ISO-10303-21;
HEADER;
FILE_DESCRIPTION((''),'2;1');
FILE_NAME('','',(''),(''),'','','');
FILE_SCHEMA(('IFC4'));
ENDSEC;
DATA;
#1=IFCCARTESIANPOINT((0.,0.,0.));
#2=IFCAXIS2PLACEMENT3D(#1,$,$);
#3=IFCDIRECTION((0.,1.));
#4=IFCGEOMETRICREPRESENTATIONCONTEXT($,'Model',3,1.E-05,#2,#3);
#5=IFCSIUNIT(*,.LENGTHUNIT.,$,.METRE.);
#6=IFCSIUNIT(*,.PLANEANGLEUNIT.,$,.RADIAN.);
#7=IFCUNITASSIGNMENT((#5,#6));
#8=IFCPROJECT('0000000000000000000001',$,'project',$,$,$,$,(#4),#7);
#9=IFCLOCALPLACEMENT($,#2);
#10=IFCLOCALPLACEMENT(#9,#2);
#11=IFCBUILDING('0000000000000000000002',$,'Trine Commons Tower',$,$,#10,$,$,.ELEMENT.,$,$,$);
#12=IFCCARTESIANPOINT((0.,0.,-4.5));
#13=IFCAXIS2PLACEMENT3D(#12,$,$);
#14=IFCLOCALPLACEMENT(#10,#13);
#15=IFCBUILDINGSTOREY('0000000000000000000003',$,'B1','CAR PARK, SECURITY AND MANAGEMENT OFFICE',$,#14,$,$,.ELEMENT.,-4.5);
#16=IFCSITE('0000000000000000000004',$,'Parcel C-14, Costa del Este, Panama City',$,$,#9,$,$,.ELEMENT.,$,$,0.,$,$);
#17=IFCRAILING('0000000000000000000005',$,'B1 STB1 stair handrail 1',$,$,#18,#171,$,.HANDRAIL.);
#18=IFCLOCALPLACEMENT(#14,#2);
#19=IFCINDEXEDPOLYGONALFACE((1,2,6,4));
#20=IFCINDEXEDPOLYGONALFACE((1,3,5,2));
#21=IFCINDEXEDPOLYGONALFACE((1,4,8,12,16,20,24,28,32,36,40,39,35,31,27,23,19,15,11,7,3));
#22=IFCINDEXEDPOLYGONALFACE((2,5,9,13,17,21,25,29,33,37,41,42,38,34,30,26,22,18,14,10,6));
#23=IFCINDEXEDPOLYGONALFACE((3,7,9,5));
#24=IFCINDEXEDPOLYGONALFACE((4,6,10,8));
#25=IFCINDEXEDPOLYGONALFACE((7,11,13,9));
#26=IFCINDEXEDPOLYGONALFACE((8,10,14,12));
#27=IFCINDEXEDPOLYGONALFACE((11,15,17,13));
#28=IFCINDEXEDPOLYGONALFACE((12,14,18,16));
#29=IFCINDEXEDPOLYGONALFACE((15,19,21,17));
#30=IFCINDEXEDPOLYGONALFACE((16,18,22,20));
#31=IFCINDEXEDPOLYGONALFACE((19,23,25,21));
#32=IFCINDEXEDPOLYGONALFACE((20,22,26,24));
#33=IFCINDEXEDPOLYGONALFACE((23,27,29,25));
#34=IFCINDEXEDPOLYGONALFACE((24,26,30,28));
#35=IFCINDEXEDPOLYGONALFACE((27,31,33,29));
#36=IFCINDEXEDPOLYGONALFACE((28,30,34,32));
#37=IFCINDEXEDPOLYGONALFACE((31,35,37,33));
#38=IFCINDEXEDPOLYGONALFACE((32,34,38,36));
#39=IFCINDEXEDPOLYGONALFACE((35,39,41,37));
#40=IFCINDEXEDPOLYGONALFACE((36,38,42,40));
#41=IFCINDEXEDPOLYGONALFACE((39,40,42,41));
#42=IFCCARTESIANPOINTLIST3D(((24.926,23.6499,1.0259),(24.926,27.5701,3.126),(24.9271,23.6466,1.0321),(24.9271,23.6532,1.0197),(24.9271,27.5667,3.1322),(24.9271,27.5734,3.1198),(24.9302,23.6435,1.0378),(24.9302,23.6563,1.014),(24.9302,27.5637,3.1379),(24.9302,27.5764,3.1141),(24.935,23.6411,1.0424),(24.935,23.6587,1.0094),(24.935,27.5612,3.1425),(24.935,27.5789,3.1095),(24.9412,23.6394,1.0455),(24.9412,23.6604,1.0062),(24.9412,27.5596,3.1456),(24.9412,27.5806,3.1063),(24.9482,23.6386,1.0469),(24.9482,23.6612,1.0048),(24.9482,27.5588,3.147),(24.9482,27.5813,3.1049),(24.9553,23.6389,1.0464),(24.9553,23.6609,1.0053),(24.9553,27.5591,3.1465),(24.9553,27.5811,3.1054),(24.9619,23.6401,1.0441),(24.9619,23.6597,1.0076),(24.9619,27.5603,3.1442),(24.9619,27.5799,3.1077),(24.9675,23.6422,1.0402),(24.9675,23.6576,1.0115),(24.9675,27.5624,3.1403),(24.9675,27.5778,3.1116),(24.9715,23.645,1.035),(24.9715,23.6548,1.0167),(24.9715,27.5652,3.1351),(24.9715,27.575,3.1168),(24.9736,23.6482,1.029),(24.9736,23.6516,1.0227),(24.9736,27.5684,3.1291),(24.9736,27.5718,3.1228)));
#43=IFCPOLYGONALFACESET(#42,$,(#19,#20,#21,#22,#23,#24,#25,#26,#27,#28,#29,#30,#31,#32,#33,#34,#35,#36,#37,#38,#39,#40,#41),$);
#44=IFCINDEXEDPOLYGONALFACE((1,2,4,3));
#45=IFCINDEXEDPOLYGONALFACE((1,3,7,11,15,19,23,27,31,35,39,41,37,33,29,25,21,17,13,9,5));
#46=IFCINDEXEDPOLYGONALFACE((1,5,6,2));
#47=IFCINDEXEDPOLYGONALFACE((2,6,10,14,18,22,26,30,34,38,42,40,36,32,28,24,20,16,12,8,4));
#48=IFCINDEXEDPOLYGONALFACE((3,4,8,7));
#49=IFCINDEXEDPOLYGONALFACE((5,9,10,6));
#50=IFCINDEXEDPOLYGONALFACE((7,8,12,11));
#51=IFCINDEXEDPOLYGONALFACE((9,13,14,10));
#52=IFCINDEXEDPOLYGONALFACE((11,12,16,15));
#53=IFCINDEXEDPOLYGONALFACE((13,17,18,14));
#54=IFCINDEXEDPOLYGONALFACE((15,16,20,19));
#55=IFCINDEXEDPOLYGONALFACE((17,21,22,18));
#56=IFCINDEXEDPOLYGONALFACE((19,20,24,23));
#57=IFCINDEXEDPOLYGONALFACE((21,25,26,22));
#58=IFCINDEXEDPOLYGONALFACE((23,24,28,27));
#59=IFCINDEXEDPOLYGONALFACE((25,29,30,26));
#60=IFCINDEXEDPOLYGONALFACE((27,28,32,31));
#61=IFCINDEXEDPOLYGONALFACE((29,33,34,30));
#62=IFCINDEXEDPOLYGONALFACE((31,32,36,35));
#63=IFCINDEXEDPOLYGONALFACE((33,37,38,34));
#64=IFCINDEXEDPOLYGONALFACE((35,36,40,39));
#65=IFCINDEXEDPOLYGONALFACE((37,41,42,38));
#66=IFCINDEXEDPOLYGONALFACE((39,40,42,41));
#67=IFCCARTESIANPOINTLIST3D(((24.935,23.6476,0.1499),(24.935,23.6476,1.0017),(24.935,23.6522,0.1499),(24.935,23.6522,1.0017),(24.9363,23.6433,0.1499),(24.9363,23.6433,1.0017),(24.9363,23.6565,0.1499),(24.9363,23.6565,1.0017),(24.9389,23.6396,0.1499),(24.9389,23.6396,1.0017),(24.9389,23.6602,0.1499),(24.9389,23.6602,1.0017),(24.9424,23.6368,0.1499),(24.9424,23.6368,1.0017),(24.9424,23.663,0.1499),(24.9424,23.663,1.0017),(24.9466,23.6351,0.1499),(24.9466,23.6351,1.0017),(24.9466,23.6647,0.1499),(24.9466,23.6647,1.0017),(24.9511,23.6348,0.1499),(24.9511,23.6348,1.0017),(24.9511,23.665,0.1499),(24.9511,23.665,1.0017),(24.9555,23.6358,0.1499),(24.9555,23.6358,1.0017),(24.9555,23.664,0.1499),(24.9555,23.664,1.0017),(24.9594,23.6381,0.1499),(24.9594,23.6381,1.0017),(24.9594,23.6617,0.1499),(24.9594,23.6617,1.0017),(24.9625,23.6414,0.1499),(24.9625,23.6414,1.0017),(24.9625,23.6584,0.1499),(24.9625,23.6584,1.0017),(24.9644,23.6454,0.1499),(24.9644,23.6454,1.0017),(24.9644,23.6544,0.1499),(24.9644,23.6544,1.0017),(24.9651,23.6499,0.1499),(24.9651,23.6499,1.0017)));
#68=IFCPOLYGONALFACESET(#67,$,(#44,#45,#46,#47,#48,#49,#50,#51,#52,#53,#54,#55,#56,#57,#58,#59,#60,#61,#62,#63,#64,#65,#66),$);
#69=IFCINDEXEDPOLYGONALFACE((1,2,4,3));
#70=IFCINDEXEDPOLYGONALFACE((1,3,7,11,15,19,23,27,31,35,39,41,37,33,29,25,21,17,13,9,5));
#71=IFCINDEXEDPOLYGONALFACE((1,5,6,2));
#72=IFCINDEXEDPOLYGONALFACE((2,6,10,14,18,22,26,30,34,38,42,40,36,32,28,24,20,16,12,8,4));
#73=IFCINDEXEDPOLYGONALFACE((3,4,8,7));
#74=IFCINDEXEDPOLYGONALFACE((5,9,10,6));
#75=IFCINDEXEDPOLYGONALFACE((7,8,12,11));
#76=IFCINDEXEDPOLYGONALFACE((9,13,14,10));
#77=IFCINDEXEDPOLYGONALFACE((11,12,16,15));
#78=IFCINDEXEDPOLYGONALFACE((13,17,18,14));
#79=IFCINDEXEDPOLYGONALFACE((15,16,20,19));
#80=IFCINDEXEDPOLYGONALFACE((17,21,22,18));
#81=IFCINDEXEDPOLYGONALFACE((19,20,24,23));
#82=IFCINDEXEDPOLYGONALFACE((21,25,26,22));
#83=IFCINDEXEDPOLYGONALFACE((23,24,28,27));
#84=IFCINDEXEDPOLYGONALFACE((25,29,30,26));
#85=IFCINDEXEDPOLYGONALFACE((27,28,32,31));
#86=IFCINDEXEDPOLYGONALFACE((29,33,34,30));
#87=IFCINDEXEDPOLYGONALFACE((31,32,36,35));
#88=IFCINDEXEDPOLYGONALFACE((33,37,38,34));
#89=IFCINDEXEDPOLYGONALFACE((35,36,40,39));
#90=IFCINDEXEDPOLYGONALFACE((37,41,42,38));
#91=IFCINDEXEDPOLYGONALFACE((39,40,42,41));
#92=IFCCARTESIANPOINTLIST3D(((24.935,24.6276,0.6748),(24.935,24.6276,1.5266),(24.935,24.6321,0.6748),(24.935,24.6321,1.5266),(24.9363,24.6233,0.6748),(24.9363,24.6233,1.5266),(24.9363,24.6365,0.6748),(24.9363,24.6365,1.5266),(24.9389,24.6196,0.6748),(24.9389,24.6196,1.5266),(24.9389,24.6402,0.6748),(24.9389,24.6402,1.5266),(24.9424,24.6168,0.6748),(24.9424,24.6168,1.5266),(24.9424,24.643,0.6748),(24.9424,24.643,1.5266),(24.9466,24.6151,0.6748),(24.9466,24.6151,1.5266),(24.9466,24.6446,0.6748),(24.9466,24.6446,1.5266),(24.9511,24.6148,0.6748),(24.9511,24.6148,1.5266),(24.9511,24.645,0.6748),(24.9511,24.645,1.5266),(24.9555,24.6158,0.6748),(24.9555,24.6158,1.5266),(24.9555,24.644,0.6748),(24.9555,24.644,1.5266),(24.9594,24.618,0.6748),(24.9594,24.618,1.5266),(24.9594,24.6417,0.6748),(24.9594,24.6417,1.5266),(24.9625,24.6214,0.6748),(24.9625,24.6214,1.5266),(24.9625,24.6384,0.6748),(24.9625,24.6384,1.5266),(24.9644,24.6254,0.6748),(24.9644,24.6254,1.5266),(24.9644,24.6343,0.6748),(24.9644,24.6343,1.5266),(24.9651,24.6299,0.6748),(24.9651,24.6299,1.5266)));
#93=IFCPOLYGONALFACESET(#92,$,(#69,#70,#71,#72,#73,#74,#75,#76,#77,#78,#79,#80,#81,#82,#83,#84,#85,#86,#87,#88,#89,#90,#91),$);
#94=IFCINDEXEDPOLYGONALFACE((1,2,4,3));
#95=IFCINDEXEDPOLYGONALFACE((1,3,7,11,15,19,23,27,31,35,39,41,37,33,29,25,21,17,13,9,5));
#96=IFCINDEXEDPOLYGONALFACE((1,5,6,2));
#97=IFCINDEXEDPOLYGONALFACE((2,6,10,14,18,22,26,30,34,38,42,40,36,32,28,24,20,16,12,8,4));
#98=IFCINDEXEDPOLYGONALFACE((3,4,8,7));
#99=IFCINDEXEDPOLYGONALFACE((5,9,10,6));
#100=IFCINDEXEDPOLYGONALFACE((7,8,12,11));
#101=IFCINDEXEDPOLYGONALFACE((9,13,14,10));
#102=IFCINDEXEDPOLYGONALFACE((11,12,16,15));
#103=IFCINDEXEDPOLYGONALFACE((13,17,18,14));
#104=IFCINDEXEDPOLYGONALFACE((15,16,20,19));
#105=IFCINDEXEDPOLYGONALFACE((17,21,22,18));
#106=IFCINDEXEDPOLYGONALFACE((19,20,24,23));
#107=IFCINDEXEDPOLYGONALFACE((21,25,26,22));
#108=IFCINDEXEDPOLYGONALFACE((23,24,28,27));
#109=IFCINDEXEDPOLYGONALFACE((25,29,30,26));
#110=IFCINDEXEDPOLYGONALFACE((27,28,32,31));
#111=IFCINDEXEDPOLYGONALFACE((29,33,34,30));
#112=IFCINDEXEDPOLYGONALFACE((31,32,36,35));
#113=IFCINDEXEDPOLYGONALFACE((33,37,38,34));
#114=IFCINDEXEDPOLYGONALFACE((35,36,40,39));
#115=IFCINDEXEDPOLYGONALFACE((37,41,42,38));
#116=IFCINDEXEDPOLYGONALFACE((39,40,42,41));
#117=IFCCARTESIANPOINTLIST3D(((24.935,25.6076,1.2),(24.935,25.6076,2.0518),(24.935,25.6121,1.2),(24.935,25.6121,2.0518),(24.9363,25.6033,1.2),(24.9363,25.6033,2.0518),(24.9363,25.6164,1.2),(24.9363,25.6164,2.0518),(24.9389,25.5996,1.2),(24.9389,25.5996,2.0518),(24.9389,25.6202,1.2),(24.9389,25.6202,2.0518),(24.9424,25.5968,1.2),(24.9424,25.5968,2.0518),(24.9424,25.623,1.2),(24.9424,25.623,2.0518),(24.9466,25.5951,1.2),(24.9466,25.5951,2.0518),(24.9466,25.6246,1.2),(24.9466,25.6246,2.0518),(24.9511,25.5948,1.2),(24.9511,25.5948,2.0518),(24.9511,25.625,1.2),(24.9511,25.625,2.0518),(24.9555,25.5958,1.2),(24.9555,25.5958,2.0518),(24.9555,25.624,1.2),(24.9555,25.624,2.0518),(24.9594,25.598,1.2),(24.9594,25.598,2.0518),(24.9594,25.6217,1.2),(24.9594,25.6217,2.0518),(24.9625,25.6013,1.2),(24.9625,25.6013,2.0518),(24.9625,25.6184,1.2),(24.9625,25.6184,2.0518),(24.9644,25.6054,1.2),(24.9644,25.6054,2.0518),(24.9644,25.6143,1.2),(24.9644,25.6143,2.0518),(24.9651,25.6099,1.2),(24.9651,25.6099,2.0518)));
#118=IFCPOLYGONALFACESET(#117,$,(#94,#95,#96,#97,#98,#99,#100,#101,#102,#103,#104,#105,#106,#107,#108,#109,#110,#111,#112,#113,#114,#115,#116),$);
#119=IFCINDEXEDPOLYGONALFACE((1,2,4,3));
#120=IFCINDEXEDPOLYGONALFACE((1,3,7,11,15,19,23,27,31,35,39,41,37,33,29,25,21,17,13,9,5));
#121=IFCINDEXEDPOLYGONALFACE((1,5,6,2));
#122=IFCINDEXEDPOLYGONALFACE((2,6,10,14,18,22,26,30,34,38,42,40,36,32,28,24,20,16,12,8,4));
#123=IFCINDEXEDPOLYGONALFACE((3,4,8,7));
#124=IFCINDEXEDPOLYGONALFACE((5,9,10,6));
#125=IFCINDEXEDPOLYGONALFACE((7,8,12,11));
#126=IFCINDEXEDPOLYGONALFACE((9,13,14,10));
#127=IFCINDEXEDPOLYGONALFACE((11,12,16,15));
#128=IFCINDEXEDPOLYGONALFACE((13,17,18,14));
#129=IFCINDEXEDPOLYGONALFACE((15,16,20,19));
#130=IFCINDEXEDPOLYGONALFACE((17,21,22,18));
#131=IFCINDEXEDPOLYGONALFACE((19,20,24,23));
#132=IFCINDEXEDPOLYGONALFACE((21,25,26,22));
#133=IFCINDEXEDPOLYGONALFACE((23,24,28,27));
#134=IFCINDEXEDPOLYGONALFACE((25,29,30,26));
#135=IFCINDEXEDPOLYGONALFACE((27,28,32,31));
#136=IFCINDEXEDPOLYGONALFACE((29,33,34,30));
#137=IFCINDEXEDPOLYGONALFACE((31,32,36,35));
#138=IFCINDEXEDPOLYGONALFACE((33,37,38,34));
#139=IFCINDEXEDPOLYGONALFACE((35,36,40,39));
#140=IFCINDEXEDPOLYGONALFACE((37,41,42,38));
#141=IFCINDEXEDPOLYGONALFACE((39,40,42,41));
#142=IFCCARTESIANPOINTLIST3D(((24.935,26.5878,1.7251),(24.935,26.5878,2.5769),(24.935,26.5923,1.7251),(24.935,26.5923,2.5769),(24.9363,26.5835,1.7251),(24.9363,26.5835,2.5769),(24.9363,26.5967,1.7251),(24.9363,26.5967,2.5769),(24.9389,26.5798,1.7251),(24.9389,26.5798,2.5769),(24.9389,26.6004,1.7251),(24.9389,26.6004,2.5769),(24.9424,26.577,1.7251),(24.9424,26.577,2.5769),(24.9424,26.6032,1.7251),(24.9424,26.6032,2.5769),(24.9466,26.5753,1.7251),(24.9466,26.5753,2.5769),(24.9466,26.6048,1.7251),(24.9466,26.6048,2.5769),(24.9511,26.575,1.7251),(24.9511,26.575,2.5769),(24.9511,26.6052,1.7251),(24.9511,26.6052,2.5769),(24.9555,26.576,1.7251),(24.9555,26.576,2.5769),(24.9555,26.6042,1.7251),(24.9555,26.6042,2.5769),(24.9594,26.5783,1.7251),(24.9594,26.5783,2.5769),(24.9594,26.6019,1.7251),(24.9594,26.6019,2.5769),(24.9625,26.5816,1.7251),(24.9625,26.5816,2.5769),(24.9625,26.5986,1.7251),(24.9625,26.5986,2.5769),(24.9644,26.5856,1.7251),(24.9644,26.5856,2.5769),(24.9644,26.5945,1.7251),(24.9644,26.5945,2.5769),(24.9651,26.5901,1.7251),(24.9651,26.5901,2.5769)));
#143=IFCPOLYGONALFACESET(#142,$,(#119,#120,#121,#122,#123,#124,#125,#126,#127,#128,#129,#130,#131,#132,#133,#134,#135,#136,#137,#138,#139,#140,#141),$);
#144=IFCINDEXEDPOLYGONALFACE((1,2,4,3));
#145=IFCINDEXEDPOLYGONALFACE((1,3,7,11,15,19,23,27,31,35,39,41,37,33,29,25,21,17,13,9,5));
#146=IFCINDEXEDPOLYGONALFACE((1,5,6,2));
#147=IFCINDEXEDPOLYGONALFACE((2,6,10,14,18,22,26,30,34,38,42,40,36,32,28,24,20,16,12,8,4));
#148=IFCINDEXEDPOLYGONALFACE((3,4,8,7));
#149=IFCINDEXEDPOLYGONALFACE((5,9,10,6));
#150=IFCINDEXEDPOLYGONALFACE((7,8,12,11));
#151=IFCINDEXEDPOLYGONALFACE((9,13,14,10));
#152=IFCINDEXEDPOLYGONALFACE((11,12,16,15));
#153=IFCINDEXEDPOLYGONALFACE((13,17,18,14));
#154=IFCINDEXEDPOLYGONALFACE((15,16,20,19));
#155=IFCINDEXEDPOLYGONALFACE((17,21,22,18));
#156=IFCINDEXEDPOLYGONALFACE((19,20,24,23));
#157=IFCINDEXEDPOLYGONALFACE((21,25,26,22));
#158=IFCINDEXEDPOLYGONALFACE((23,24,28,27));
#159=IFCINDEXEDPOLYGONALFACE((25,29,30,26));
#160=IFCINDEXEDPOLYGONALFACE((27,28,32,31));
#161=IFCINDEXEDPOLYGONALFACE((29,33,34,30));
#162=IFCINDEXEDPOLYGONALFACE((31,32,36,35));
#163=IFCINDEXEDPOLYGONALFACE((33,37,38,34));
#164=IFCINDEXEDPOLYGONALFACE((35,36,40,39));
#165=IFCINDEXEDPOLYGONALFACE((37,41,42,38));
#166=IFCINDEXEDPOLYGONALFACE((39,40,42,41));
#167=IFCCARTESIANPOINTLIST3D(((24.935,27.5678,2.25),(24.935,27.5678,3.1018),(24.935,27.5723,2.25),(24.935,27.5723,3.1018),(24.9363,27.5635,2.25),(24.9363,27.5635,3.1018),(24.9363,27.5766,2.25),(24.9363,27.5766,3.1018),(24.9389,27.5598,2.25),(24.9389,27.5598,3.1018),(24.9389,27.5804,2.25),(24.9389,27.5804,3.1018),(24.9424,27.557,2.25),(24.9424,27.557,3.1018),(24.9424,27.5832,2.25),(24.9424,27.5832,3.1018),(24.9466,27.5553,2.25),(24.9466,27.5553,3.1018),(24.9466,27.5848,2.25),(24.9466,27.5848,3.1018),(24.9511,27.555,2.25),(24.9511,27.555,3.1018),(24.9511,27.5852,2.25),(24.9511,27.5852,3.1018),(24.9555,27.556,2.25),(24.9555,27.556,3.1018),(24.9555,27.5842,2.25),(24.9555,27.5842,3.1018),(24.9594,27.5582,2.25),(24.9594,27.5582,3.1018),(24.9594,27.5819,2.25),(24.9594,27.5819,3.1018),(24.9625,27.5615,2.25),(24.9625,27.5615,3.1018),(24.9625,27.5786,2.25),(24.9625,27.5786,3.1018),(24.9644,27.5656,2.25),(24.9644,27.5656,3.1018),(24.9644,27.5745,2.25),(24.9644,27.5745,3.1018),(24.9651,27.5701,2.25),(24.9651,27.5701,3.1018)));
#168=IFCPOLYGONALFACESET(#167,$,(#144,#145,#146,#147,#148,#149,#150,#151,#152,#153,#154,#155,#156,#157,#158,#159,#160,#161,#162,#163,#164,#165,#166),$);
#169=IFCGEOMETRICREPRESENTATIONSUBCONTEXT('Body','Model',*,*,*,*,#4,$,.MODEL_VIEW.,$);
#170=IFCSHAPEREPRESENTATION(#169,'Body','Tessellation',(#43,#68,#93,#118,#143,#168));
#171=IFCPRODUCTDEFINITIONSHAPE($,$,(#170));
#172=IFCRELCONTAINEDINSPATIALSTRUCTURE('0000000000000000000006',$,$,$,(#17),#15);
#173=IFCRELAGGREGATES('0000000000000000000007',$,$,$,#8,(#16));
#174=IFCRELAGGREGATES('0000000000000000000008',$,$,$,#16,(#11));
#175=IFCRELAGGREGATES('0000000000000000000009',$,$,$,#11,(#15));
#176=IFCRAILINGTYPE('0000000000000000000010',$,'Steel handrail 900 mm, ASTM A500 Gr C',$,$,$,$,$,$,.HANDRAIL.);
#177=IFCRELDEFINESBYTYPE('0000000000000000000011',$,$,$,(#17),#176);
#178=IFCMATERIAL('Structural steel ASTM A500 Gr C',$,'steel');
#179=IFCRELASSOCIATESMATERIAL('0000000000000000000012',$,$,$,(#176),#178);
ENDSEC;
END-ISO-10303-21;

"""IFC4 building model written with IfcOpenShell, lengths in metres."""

from ifc_helpers import new_model, si_unit, direction, frame, origin, origin_2d, place, context, subcontext, project, spatial, circle, extrude, material, type_object, element, save


model = new_model("IFC4")

# Units and contexts
model_context = context("Model", 3, precision=1e-05, world=origin(), true_north=direction((0.0, 1.0)))
body_context = subcontext(model_context, "Body", "Model", "MODEL_VIEW")
ifc_project = project(units=[si_unit("LENGTHUNIT", "METRE"), si_unit("PLANEANGLEUNIT", "RADIAN")], contexts=[model_context])

# Site, building, storey
site_placement = place(None, origin())
site = spatial("IfcSite", under=ifc_project, at=site_placement, Name="Parcel C-14, Costa del Este, Panama City", CompositionType="ELEMENT", RefElevation=0.0)
building_placement = place(site_placement, origin())
building = spatial("IfcBuilding", under=site, at=building_placement, Name="Trine Commons Tower", CompositionType="ELEMENT")
storey_placement = place(building_placement, frame((0.0, 0.0, -4.5)))
storey = spatial("IfcBuildingStorey", under=building, at=storey_placement, Name="B1", Description="CAR PARK, SECURITY AND MANAGEMENT OFFICE", CompositionType="ELEMENT", Elevation=-4.5)

# Railing
ifc_material_1 = material(Name="Structural steel ASTM A500 Gr C", Category="steel")
railing_type_1 = type_object("IfcRailingType", Name="Steel handrail 900 mm, ASTM A500 Gr C", PredefinedType="HANDRAIL", material=ifc_material_1)
railing_1_placement = place(storey_placement, frame((24.95, 23.6499, 0.1499)))
element("IfcRailing", 1, at=railing_1_placement, inside=storey, type_object=railing_type_1, Name="B1 STB1 stair handrail 1", PredefinedType="HANDRAIL", context=body_context, shape_type="SweptSolid", body=[
    extrude(circle(Radius=0.0239, at=origin_2d()), frame((0.0, 0.0, 0.876), z_axis=(0.0, 0.881479, 0.472223), x_axis=(-1.0, 0.0, 0.0)), (0.0, 0.0, 1.0), 4.4473),
    extrude(circle(Radius=0.0151, at=origin_2d()), origin(), (0.0, 0.0, 1.0), 0.8518),
    extrude(circle(Radius=0.0151, at=origin_2d()), frame((0.0, 0.98, 0.5249)), (0.0, 0.0, 1.0), 0.8518),
    extrude(circle(Radius=0.0151, at=origin_2d()), frame((0.0, 1.96, 1.05)), (0.0, 0.0, 1.0), 0.8518),
    extrude(circle(Radius=0.0151, at=origin_2d()), frame((0.0, 2.9402, 1.5752)), (0.0, 0.0, 1.0), 0.8518),
    extrude(circle(Radius=0.0151, at=origin_2d()), frame((0.0, 3.9202, 2.1001)), (0.0, 0.0, 1.0), 0.8518),
])

save(model, "model.ifc")
